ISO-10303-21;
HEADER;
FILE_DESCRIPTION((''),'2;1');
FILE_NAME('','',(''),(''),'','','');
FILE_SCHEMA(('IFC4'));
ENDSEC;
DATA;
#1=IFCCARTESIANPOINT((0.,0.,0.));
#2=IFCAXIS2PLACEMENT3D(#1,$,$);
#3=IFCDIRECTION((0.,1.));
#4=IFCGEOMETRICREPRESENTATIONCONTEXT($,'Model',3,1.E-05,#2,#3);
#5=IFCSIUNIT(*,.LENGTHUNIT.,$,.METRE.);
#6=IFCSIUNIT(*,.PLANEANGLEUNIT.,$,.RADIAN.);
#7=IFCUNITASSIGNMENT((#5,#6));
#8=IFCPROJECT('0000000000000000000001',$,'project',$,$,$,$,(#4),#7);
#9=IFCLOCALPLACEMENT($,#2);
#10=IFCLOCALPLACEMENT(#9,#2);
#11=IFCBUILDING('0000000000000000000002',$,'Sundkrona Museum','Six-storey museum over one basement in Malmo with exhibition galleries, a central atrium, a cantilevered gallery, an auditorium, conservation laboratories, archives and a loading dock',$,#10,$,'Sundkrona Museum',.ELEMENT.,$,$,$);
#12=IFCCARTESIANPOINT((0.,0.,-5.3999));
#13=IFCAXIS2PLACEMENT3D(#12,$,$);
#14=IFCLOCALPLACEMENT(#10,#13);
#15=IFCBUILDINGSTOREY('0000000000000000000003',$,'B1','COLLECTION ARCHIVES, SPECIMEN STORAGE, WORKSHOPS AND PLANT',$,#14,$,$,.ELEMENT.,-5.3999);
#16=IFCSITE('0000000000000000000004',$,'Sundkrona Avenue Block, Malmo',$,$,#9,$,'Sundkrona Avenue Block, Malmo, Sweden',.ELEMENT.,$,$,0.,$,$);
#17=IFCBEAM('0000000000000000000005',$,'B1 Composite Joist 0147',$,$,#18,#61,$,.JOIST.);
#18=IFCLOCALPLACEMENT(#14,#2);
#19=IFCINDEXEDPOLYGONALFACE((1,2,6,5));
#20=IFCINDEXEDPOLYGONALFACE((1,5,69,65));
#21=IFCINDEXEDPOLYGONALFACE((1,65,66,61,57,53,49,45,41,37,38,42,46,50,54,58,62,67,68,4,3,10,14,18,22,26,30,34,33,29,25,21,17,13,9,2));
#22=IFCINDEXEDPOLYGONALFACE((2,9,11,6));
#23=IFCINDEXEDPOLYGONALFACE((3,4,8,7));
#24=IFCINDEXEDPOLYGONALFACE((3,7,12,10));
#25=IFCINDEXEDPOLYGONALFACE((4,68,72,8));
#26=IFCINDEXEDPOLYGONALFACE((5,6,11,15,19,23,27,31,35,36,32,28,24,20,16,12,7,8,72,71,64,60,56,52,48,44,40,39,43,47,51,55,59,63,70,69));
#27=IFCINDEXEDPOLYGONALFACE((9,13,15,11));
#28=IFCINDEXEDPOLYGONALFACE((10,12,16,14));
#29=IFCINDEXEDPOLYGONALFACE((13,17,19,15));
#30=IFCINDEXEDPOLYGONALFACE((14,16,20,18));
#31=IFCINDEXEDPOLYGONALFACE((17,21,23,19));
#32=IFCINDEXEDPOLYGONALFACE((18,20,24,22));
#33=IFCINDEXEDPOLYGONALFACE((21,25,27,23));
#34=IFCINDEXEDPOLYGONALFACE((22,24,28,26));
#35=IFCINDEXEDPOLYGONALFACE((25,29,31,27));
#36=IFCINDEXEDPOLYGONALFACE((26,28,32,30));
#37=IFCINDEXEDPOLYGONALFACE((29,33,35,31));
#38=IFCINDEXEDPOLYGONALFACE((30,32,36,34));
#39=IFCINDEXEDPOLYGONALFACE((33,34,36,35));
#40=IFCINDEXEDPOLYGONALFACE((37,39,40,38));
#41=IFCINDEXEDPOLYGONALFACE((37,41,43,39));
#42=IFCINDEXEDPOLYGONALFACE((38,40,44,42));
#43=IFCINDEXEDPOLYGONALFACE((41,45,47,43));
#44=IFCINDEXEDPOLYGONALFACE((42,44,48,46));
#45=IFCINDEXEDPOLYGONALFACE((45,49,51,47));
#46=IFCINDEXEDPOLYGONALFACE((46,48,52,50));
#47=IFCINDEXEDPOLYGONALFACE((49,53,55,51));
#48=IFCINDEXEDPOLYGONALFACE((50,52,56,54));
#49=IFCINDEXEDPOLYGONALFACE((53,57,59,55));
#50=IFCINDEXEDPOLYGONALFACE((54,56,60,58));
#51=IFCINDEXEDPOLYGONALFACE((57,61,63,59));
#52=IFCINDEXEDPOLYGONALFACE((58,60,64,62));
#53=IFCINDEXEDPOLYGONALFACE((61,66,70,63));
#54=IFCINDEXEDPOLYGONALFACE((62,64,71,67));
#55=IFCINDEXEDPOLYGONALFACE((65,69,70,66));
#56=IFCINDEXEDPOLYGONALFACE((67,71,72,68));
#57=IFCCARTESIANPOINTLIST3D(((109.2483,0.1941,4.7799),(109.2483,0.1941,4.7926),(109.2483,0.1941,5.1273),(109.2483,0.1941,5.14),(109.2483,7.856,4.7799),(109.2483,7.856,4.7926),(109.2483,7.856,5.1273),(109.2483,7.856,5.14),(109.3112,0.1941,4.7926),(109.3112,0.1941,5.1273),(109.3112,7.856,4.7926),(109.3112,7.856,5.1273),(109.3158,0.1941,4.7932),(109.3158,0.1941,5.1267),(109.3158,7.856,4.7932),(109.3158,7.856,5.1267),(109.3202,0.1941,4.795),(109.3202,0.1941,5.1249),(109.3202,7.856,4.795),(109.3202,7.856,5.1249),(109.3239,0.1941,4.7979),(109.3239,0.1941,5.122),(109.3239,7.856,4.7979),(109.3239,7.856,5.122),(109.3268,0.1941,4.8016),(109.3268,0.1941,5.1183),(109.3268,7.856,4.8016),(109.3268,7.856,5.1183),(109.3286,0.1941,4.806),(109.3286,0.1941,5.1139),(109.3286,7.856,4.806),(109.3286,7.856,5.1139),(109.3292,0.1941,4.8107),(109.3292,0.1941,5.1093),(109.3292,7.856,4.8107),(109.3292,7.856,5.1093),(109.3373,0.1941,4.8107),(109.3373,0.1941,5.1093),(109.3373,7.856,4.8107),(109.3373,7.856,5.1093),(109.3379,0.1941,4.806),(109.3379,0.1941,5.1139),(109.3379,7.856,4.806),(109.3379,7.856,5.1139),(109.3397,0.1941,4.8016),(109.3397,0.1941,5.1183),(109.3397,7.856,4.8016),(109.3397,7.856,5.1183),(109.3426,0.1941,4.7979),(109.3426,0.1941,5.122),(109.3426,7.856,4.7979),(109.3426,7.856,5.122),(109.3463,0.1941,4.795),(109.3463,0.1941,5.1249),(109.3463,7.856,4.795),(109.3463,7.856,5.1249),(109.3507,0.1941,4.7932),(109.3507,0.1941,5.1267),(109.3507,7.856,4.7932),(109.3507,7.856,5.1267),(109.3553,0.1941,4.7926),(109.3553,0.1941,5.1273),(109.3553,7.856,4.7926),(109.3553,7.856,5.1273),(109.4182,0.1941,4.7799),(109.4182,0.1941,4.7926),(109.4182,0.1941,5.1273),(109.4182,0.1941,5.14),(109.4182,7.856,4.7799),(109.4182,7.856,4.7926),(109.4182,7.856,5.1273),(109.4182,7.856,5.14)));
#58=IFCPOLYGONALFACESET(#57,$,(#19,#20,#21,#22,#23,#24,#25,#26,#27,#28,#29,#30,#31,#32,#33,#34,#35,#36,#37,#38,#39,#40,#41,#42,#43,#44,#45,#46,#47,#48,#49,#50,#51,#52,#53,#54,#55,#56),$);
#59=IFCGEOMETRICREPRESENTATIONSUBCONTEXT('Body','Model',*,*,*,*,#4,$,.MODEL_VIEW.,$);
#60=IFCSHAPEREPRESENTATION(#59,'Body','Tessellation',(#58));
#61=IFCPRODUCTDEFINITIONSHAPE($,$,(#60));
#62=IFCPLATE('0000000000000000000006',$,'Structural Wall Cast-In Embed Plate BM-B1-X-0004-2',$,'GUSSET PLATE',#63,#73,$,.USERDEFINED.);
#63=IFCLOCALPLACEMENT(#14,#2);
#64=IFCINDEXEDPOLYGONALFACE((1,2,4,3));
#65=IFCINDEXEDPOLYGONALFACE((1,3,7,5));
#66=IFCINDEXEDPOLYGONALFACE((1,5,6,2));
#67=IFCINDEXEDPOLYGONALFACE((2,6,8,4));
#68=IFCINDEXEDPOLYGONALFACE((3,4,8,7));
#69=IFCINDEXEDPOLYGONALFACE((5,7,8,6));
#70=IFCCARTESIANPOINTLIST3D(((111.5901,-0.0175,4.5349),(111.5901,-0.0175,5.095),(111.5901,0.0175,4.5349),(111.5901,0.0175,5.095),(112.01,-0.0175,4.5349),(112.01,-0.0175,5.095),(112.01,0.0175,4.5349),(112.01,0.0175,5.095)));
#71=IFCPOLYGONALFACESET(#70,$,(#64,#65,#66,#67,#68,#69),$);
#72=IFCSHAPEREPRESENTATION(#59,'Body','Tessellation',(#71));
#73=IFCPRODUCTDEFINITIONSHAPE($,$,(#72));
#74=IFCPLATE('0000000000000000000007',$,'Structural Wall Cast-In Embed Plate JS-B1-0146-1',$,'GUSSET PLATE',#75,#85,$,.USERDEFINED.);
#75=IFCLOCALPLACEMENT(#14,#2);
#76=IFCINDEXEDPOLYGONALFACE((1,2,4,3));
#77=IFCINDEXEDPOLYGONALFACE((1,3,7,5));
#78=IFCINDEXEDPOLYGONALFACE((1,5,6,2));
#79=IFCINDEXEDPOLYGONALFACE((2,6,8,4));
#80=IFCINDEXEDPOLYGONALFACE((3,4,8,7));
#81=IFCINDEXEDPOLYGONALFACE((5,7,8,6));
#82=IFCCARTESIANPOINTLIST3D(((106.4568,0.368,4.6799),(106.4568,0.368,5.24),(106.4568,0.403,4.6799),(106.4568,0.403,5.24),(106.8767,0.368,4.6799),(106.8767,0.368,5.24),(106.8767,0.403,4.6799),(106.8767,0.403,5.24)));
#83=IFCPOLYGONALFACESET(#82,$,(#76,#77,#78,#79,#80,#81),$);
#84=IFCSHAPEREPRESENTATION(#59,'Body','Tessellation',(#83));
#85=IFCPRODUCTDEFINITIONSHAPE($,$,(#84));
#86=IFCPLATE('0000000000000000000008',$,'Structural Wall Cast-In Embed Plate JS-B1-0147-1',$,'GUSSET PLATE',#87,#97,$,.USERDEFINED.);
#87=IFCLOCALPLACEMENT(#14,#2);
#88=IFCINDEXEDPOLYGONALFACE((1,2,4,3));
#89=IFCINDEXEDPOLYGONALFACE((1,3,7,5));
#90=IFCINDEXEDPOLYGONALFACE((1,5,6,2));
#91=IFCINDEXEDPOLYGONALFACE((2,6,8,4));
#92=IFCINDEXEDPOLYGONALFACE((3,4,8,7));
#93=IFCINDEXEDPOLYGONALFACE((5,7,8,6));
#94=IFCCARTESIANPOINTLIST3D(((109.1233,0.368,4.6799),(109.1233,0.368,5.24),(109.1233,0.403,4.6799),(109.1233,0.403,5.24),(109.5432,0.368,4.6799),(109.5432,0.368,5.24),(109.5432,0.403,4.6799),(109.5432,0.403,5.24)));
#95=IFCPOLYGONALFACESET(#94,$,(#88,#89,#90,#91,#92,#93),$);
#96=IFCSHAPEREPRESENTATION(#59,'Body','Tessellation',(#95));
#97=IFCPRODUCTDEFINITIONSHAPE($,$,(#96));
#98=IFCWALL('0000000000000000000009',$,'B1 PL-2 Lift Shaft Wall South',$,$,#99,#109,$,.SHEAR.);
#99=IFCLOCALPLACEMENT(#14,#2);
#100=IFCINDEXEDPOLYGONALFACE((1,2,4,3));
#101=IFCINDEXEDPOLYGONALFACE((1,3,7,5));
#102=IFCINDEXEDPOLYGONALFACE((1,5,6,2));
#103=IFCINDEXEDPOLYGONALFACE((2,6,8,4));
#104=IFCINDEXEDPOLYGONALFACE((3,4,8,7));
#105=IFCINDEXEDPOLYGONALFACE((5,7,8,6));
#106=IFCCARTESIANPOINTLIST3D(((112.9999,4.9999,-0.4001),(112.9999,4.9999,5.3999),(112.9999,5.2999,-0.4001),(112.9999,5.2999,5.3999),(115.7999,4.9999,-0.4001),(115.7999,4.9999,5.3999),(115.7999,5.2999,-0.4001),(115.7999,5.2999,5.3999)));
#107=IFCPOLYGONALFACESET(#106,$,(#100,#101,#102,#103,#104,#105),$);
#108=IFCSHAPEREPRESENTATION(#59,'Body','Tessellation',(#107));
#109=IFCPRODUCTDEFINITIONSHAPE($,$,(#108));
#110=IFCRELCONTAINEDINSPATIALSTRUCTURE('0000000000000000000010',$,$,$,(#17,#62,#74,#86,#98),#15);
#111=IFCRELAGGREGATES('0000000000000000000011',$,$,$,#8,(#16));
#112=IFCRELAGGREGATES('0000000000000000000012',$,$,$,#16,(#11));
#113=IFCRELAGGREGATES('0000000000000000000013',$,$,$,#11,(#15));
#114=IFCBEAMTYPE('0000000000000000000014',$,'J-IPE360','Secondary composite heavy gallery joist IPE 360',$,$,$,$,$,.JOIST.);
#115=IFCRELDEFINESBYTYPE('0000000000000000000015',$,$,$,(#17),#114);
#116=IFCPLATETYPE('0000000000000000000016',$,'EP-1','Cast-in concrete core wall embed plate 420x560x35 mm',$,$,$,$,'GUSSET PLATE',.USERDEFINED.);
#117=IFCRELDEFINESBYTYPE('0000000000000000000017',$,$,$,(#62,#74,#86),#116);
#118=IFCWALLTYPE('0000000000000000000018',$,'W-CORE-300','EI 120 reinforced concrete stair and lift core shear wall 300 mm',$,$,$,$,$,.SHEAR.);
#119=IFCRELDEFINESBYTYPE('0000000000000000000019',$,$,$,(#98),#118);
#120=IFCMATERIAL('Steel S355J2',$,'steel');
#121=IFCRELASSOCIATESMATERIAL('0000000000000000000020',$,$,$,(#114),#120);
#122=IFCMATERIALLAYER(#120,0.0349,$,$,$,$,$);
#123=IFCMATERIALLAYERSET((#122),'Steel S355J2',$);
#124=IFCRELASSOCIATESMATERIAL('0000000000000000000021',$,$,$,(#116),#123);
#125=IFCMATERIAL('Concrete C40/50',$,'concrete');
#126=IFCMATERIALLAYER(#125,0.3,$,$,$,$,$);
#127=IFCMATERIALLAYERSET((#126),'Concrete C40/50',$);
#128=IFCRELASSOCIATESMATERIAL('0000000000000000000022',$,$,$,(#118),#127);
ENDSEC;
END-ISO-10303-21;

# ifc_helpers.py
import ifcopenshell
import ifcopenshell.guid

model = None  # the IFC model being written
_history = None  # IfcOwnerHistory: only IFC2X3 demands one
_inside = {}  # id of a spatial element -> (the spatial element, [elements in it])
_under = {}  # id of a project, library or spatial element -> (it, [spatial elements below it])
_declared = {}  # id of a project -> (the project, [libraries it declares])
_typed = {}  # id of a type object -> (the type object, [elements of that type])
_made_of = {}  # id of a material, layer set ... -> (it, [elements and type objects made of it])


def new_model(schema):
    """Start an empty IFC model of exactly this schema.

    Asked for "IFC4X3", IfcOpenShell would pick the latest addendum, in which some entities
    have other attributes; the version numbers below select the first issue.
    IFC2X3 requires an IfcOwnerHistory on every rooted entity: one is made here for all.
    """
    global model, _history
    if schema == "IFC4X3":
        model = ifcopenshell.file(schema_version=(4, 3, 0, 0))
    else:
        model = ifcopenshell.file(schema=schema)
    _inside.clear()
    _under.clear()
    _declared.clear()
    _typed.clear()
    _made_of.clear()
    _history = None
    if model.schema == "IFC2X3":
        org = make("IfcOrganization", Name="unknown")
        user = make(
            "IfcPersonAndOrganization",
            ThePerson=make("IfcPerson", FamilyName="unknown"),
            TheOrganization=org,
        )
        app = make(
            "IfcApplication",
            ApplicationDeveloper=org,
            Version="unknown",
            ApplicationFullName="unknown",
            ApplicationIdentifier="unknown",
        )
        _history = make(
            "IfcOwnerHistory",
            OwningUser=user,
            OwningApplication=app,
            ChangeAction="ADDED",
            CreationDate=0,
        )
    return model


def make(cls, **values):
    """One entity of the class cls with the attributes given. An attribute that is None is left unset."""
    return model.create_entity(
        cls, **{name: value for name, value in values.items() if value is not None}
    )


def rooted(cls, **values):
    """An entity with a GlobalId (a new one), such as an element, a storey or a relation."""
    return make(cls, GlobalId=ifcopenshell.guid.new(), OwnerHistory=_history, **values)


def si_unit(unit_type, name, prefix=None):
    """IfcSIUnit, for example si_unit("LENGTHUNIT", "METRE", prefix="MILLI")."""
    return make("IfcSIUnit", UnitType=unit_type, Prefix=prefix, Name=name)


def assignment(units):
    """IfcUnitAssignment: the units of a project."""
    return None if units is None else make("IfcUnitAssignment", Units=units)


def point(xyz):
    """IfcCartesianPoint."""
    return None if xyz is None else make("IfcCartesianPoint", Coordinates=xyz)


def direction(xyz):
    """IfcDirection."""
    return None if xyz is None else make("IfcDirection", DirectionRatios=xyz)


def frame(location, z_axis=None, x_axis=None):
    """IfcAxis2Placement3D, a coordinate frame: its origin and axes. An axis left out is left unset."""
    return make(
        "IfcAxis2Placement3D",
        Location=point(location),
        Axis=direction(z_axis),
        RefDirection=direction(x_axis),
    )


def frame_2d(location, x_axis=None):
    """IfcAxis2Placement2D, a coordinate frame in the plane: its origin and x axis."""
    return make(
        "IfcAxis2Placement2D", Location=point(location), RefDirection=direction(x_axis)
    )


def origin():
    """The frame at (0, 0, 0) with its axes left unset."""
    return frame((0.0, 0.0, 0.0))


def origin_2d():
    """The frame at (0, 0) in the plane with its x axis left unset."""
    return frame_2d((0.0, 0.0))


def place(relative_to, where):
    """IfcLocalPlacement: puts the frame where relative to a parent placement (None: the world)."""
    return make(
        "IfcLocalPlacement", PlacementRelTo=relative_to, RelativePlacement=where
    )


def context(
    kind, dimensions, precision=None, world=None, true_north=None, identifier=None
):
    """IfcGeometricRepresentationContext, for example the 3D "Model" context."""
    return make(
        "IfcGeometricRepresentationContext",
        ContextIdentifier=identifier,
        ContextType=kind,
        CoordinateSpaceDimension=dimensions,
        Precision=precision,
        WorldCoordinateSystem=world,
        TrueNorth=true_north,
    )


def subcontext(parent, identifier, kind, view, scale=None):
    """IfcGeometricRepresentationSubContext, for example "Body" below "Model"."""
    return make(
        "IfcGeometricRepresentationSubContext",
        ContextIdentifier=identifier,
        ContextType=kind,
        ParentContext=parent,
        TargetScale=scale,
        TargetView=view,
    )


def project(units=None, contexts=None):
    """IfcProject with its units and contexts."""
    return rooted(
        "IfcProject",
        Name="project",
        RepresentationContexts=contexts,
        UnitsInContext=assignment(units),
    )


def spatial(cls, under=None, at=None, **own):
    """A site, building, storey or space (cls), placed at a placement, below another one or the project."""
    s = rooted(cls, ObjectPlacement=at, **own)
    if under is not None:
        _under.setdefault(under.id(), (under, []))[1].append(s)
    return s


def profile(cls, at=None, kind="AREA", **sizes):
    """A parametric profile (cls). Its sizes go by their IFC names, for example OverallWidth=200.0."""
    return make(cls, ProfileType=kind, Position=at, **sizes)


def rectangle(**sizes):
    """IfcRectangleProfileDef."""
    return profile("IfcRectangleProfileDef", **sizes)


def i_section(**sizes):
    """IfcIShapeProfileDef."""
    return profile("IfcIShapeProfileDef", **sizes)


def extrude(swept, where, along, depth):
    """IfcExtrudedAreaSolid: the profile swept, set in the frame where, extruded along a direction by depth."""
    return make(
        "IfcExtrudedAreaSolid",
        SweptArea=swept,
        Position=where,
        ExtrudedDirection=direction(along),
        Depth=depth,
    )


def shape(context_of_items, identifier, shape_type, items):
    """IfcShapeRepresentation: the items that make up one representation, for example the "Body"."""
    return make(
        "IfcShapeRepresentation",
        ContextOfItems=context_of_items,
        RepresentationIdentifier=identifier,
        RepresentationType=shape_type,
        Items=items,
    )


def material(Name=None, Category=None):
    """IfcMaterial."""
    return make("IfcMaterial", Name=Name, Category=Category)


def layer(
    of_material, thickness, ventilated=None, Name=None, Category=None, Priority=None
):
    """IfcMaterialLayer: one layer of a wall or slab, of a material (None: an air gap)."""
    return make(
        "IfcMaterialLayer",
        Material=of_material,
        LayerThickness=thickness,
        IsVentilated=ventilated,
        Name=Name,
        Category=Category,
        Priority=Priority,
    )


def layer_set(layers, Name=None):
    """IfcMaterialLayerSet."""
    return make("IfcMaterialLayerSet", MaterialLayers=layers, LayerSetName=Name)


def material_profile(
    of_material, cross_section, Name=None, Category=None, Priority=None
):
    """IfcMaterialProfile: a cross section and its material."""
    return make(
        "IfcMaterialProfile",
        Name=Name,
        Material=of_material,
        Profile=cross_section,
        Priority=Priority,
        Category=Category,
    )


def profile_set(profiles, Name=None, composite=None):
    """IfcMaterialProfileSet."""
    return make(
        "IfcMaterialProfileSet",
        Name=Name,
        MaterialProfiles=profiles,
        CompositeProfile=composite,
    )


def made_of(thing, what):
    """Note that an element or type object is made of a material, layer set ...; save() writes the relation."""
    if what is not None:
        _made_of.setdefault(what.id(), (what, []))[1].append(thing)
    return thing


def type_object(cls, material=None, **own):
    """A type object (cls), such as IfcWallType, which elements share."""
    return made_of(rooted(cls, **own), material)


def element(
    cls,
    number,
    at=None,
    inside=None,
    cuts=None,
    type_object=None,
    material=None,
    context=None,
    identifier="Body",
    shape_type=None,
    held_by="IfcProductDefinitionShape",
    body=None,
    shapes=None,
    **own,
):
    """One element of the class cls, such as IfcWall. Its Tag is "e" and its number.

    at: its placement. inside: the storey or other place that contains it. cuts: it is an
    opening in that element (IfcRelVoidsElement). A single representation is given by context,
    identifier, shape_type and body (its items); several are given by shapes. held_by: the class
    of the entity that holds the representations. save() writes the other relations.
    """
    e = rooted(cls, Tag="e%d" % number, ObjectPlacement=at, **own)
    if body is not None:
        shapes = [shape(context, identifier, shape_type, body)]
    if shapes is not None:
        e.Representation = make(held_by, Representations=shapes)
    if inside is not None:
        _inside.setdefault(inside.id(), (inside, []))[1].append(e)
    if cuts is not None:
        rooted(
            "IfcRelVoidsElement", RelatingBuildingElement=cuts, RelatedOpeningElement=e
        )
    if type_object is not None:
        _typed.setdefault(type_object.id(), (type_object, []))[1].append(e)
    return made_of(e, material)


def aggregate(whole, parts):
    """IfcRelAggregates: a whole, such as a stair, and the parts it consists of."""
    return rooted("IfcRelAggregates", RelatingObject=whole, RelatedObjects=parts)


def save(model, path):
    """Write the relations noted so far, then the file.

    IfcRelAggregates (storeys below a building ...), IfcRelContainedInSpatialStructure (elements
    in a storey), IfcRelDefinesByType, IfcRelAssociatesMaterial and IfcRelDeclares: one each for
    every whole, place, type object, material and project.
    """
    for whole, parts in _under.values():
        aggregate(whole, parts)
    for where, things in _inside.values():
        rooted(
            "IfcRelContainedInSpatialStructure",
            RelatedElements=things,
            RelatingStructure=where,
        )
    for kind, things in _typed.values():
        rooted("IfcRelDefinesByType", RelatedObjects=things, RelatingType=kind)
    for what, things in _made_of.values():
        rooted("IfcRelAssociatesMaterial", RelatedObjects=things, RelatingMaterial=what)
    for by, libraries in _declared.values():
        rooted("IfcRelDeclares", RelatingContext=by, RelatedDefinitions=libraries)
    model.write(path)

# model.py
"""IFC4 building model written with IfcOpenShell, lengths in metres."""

from ifc_helpers import new_model, si_unit, direction, frame, frame_2d, origin, origin_2d, place, context, subcontext, project, spatial, rectangle, i_section, extrude, material, layer, layer_set, material_profile, profile_set, type_object, element, save


model = new_model("IFC4")

# Units and contexts
model_context = context("Model", 3, precision=1e-05, world=origin(), true_north=direction((0.0, 1.0)))
body_context = subcontext(model_context, "Body", "Model", "MODEL_VIEW")
ifc_project = project(units=[si_unit("LENGTHUNIT", "METRE"), si_unit("PLANEANGLEUNIT", "RADIAN")], contexts=[model_context])

# Site, building, storey
site_placement = place(None, origin())
site = spatial("IfcSite", under=ifc_project, at=site_placement, Name="Sundkrona Avenue Block, Malmo", LongName="Sundkrona Avenue Block, Malmo, Sweden", CompositionType="ELEMENT", RefElevation=0.0)
building_placement = place(site_placement, origin())
building = spatial("IfcBuilding", under=site, at=building_placement, Name="Sundkrona Museum", Description="Six-storey museum over one basement in Malmo with exhibition galleries, a central atrium, a cantilevered gallery, an auditorium, conservation laboratories, archives and a loading dock", LongName="Sundkrona Museum", CompositionType="ELEMENT")
storey_placement = place(building_placement, frame((0.0, 0.0, -5.3999)))
storey = spatial("IfcBuildingStorey", under=building, at=storey_placement, Name="B1", Description="COLLECTION ARCHIVES, SPECIMEN STORAGE, WORKSHOPS AND PLANT", CompositionType="ELEMENT", Elevation=-5.3999)

# Shared definitions
ifc_material_1 = material(Name="Concrete C40/50", Category="concrete")

# Beam
ifc_material_2 = material(Name="Steel S355J2", Category="steel")
ifc_material_profile_1 = material_profile(ifc_material_2, i_section(OverallWidth=0.1699, OverallDepth=0.3601, WebThickness=0.0081, FlangeThickness=0.0127, FilletRadius=0.0181, at=origin_2d()), Name="IPE 360")
ifc_profile_set_1 = profile_set([ifc_material_profile_1], Name="Steel S355J2")
beam_type_1 = type_object("IfcBeamType", Name="J-IPE360", Description="Secondary composite heavy gallery joist IPE 360", PredefinedType="JOIST", material=ifc_profile_set_1)
for number, where, z_axis, x_axis, name in (
    (1, (109.3333, 0.1941, 4.96), (0.0, 1.0, 0.0), (-1.0, 0.0, 0.0), "B1 Composite Joist 0147"),
):
    element("IfcBeam", number, at=place(storey_placement, frame(where, z_axis=z_axis, x_axis=x_axis)), inside=storey, type_object=beam_type_1, Name=name, PredefinedType="JOIST", context=body_context, shape_type="SweptSolid", body=[
        extrude(i_section(OverallWidth=0.1699, OverallDepth=0.3601, WebThickness=0.0081, FlangeThickness=0.0127, FilletRadius=0.0181, at=origin_2d()), origin(), (0.0, 0.0, 1.0), 7.6619),
    ])

# Plates
ifc_layer_1 = layer(ifc_material_2, 0.0349)
ifc_layer_set_1 = layer_set([ifc_layer_1], Name="Steel S355J2")
plate_type = type_object("IfcPlateType", Name="EP-1", Description="Cast-in concrete core wall embed plate 420x560x35 mm", ElementType="GUSSET PLATE", PredefinedType="USERDEFINED", material=ifc_layer_set_1)
for number, where, z_axis, x_axis, name in (
    (2, (111.8, 0.0, 4.5349), (0.0, 0.0, 1.0), (1.0, 0.0, 0.0), "Structural Wall Cast-In Embed Plate BM-B1-X-0004-2"),
    (3, (106.6667, 0.3855, 4.6799), (0.0, 0.0, 1.0), (1.0, 0.0, 0.0), "Structural Wall Cast-In Embed Plate JS-B1-0146-1"),
    (4, (109.3333, 0.3855, 4.6799), (0.0, 0.0, 1.0), (1.0, 0.0, 0.0), "Structural Wall Cast-In Embed Plate JS-B1-0147-1"),
):
    element("IfcPlate", number, at=place(storey_placement, frame(where, z_axis=z_axis, x_axis=x_axis)), inside=storey, type_object=plate_type, Name=name, ObjectType="GUSSET PLATE", PredefinedType="USERDEFINED", context=body_context, shape_type="SweptSolid", body=[
        extrude(rectangle(XDim=0.4199, YDim=0.0349, at=origin_2d()), origin(), (0.0, 0.0, 1.0), 0.5601),
    ])

# Wall
ifc_layer_2 = layer(ifc_material_1, 0.3)
ifc_layer_set_2 = layer_set([ifc_layer_2], Name="Concrete C40/50")
wall_type = type_object("IfcWallType", Name="W-CORE-300", Description="EI 120 reinforced concrete stair and lift core shear wall 300 mm", PredefinedType="SHEAR", material=ifc_layer_set_2)
wall_placement = place(storey_placement, frame((113.0, 5.1499, -0.4001), z_axis=(0.0, 0.0, 1.0), x_axis=(1.0, 0.0, 0.0)))
element("IfcWall", 5, at=wall_placement, inside=storey, type_object=wall_type, Name="B1 PL-2 Lift Shaft Wall South", PredefinedType="SHEAR", context=body_context, shape_type="SweptSolid", body=[
    extrude(rectangle(XDim=2.8, YDim=0.3, at=frame_2d((1.3999, 0.0))), origin(), (0.0, 0.0, 1.0), 5.8),
])

save(model, "model.ifc")
